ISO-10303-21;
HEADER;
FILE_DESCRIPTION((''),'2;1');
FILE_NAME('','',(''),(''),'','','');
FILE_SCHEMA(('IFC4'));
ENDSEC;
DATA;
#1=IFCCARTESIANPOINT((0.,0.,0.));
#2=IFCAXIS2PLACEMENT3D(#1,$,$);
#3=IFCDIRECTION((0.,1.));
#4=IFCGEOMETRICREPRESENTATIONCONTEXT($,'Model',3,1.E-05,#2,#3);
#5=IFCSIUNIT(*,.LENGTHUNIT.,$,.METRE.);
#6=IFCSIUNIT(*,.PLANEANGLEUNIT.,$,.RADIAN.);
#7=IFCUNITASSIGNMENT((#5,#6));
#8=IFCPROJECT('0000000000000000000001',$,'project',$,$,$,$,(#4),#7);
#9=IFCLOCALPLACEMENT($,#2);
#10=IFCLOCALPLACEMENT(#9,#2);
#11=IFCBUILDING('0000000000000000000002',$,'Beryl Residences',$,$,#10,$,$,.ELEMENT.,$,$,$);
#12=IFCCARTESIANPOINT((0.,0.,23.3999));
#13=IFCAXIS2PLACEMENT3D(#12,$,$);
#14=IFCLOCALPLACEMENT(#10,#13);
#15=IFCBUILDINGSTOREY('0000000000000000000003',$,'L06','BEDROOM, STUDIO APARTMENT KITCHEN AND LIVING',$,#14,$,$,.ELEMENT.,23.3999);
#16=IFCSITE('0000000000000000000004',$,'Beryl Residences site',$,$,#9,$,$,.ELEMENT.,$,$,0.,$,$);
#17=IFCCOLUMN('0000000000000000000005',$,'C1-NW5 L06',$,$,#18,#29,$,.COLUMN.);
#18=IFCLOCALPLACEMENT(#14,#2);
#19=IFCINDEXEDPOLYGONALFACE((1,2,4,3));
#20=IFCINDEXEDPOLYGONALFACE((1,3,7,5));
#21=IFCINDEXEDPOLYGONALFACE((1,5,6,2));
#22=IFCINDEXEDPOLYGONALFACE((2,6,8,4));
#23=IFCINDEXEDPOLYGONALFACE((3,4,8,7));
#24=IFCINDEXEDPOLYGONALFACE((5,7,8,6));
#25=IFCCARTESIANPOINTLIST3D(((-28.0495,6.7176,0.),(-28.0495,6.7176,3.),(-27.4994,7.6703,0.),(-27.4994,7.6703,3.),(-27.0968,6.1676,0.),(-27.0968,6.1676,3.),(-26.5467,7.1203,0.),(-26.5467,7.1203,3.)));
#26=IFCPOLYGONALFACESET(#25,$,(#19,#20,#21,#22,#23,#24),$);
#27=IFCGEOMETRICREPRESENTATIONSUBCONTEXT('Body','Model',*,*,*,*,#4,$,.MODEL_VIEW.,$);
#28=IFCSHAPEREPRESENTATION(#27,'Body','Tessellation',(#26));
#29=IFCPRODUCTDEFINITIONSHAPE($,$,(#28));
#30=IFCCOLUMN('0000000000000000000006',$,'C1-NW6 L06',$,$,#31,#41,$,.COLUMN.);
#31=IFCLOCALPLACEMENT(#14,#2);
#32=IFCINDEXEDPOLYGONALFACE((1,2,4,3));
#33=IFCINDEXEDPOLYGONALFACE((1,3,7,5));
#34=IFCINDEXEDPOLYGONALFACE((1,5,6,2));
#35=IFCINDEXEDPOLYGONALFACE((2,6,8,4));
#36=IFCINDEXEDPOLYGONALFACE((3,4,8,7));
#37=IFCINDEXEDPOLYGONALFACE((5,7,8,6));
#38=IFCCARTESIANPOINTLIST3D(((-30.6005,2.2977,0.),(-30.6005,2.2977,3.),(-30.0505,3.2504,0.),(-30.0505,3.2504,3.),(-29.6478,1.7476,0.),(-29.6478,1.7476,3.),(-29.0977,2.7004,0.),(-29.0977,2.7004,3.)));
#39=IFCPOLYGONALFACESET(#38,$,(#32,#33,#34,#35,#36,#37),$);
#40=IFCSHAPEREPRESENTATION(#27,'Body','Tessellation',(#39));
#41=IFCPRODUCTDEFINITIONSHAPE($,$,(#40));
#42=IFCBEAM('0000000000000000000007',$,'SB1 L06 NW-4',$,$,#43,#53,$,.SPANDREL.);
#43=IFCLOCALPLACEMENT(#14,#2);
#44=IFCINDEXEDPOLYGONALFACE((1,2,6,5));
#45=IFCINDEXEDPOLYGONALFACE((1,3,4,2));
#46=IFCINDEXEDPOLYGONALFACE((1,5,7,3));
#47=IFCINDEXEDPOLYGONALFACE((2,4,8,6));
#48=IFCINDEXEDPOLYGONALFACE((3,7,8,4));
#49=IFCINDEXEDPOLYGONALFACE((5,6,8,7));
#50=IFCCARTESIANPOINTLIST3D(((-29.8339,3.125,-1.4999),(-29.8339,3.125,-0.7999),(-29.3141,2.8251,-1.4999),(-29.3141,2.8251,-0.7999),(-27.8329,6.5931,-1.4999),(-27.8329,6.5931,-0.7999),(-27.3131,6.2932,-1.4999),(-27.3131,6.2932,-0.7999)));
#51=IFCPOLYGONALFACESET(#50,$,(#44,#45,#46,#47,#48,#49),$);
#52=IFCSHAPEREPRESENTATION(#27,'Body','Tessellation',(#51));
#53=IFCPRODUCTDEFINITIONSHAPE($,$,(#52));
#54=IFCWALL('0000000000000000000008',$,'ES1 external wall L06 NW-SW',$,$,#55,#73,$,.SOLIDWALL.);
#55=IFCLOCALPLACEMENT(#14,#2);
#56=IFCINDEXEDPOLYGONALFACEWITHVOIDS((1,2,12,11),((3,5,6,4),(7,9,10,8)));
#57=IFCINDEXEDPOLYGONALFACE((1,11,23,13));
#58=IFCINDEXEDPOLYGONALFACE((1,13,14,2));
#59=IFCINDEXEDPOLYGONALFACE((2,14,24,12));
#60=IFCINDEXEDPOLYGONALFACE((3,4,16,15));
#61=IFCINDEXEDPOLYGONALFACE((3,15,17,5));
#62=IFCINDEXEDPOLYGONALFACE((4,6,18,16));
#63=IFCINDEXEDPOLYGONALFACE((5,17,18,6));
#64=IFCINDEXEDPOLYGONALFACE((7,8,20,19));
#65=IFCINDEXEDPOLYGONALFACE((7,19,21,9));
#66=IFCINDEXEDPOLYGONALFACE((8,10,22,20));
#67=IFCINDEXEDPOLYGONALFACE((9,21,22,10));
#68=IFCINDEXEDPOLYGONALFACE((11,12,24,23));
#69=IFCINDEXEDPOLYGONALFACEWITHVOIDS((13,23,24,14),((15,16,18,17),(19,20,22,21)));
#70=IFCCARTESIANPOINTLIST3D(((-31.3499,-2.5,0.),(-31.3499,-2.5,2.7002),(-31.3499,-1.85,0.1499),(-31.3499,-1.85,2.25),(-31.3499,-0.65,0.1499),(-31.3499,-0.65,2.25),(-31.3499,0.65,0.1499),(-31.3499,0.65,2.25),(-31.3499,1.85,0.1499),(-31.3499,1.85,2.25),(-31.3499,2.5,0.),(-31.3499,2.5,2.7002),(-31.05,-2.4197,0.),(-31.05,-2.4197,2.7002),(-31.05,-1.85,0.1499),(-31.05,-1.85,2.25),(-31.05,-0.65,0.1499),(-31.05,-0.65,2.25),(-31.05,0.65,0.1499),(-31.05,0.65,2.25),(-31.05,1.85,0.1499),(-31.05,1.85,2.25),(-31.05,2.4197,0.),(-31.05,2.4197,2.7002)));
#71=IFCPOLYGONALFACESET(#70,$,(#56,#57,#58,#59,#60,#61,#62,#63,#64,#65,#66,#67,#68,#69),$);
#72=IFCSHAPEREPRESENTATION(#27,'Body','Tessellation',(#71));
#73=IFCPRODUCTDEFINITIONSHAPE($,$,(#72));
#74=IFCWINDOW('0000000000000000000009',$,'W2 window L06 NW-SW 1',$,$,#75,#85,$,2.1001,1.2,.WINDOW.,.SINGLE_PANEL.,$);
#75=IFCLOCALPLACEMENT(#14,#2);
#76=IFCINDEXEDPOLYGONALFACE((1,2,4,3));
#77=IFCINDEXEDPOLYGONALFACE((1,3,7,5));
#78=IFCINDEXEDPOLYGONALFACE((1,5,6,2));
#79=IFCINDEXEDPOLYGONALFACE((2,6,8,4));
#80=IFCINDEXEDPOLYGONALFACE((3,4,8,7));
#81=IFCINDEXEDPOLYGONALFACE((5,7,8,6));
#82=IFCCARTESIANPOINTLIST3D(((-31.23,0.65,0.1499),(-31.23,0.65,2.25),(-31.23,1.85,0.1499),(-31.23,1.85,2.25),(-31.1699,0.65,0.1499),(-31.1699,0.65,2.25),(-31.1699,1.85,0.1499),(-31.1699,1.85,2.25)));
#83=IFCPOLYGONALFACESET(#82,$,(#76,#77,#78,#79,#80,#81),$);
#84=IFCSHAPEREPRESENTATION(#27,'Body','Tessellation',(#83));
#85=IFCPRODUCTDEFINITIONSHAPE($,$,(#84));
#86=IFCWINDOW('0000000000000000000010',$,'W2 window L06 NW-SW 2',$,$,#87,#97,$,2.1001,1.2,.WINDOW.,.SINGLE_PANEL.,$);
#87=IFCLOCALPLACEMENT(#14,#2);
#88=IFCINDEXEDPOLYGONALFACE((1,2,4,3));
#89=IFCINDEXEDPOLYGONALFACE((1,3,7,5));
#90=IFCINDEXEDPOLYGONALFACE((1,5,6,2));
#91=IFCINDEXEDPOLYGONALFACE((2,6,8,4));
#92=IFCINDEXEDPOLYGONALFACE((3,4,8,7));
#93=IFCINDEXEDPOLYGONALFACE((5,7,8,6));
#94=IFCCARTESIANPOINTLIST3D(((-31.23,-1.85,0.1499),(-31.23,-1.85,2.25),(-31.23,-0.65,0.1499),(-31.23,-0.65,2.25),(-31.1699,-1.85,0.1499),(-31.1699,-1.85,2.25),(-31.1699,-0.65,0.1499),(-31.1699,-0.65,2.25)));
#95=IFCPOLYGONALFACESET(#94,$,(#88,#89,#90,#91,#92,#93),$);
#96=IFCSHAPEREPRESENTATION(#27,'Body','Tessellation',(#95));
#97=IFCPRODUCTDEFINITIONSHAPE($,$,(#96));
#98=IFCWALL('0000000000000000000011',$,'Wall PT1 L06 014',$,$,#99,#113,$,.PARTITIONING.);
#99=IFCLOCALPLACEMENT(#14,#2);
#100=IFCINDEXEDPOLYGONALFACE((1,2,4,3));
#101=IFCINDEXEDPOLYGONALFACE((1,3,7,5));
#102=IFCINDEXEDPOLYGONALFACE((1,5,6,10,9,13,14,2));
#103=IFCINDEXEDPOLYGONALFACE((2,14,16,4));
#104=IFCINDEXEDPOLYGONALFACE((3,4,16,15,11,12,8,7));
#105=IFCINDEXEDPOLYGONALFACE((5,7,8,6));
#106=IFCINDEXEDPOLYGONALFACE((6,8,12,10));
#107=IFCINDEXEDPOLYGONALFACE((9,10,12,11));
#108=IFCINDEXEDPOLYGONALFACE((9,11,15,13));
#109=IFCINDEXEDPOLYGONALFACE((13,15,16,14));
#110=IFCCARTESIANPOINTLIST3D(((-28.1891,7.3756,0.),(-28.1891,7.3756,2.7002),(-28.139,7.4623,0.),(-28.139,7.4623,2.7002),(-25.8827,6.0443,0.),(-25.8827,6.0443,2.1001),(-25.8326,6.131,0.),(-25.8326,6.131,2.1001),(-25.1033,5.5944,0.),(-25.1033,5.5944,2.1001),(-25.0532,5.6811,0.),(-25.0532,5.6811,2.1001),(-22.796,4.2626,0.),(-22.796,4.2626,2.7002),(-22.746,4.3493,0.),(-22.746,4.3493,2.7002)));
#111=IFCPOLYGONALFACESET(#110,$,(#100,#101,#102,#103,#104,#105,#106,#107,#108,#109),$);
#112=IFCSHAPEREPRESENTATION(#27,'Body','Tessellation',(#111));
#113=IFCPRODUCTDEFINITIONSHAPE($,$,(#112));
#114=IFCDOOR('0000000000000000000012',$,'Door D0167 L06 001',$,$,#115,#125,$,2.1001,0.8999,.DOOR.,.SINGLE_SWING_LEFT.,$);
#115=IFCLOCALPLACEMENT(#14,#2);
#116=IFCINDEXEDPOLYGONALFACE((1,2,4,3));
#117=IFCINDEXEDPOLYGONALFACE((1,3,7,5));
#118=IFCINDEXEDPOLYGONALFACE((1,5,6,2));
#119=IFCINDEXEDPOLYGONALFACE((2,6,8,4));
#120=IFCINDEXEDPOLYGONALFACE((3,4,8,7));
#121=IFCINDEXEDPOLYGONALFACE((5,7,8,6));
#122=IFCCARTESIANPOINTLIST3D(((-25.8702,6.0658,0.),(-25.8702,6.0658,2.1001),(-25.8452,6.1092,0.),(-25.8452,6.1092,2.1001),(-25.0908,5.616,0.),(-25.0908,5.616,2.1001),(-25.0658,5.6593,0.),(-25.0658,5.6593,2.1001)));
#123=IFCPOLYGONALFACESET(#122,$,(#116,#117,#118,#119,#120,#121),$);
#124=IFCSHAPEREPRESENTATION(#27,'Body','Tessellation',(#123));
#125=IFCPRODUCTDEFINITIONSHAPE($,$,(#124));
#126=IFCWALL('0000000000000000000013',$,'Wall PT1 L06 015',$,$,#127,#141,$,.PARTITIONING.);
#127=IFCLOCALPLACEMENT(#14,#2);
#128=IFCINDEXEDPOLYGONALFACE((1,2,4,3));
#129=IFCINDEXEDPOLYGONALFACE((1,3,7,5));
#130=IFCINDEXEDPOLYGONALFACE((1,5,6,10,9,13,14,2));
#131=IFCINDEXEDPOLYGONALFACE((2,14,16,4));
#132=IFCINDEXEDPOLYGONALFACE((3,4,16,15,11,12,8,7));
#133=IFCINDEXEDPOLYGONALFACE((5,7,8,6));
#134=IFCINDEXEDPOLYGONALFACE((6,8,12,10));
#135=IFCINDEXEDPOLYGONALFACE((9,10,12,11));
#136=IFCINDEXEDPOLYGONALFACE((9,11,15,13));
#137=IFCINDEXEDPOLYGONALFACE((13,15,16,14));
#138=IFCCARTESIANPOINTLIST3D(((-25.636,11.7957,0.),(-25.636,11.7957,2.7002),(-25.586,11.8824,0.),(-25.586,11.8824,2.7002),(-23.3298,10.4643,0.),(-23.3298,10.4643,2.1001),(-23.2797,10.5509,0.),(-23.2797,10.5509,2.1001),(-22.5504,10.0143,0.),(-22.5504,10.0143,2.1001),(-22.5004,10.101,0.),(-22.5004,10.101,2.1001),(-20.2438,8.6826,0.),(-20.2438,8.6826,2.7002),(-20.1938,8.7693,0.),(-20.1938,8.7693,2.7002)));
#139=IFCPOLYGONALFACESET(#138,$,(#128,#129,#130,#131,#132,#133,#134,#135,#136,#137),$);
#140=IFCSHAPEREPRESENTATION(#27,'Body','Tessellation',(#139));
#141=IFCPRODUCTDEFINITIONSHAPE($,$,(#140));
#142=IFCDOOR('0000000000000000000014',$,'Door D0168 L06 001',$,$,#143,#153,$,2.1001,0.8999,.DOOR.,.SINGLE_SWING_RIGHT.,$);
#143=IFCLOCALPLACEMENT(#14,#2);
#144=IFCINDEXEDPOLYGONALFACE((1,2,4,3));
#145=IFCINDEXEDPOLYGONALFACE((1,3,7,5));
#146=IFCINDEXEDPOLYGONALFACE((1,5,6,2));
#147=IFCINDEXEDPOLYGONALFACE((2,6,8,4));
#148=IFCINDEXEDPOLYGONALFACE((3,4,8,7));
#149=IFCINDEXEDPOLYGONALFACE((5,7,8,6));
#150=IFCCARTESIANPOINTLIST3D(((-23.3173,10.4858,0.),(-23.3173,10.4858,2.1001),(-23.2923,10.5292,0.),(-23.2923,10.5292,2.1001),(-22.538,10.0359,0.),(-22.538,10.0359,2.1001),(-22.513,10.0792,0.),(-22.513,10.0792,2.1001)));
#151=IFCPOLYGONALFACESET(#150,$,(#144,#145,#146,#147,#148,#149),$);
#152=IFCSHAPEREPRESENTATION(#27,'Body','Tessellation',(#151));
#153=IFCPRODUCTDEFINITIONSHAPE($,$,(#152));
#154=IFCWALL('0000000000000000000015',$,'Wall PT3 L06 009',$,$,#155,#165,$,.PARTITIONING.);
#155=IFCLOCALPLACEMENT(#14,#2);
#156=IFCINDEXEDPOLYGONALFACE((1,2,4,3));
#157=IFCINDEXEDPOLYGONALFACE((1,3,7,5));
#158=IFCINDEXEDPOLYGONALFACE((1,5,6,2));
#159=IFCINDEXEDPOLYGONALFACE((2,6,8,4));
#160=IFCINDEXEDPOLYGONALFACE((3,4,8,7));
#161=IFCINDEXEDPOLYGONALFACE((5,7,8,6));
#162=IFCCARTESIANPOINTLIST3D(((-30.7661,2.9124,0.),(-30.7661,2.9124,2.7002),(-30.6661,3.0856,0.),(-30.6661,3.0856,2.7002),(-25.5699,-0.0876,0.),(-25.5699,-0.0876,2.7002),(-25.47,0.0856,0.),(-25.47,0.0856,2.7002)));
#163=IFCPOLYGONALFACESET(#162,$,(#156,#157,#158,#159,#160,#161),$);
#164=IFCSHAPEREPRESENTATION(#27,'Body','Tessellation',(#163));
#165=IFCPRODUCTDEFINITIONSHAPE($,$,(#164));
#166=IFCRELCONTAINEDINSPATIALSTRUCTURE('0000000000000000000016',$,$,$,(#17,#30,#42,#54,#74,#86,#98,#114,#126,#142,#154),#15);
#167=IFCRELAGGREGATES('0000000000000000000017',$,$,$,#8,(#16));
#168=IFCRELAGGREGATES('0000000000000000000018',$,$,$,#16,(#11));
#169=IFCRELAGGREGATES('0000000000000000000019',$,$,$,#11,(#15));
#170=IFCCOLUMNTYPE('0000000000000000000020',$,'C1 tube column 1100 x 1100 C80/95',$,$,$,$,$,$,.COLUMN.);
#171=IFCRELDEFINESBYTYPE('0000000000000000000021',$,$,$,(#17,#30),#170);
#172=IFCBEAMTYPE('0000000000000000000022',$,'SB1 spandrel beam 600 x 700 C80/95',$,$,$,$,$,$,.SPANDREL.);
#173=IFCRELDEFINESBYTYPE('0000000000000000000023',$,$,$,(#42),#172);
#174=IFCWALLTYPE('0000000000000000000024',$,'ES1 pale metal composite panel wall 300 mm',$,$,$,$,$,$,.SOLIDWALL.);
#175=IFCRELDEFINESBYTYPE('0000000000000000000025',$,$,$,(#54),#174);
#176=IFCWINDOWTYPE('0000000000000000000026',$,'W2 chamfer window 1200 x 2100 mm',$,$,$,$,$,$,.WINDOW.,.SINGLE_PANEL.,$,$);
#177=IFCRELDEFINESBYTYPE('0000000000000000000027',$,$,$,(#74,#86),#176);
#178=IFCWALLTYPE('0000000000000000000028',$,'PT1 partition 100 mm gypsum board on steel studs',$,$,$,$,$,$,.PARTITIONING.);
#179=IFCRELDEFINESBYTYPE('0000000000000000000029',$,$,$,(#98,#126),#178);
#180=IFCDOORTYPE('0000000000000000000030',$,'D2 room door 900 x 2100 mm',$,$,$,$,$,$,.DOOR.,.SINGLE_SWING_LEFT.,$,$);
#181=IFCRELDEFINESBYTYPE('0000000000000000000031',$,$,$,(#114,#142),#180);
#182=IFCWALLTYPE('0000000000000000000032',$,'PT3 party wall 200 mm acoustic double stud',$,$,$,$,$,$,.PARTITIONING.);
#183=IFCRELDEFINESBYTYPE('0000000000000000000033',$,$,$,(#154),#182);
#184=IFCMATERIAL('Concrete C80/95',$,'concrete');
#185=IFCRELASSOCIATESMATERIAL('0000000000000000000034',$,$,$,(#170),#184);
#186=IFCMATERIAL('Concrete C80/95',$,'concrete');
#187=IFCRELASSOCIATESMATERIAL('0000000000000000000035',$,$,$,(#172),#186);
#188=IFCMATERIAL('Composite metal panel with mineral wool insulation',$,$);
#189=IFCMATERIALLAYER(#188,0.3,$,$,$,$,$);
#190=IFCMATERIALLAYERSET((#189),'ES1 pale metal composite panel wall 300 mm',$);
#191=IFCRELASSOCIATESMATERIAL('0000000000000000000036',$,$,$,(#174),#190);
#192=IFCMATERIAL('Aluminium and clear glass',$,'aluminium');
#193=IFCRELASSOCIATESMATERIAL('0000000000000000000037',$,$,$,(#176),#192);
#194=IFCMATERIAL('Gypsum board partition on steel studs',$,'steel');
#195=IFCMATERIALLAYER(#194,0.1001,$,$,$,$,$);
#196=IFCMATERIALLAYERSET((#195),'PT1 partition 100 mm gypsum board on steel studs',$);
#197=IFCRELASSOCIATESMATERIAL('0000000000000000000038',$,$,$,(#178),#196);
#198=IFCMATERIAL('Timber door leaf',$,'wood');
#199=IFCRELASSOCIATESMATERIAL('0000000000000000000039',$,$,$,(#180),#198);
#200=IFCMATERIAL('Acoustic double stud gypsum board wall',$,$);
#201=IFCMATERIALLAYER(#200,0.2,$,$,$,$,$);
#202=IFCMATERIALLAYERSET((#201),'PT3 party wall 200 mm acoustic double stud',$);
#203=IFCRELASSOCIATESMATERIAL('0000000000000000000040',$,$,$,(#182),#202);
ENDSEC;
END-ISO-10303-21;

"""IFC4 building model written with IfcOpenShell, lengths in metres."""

from ifc_helpers import new_model, si_unit, direction, frame, frame_2d, origin, origin_2d, place, context, subcontext, project, spatial, polyline, rectangle, outline, extrude, material, layer, layer_set, material_profile, profile_set, type_object, element, fill, save


model = new_model("IFC4")

# Units and contexts
model_context = context("Model", 3, precision=1e-05, world=origin(), true_north=direction((0.0, 1.0)))
body_context = subcontext(model_context, "Body", "Model", "MODEL_VIEW")
ifc_project = project(units=[si_unit("LENGTHUNIT", "METRE"), si_unit("PLANEANGLEUNIT", "RADIAN")], contexts=[model_context])

# Site, building, storey
site_placement = place(None, origin())
site = spatial("IfcSite", under=ifc_project, at=site_placement, Name="Beryl Residences site", CompositionType="ELEMENT", RefElevation=0.0)
building_placement = place(site_placement, origin())
building = spatial("IfcBuilding", under=site, at=building_placement, Name="Beryl Residences", CompositionType="ELEMENT")
storey_placement = place(building_placement, frame((0.0, 0.0, 23.3999)))
storey = spatial("IfcBuildingStorey", under=building, at=storey_placement, Name="L06", Description="BEDROOM, STUDIO APARTMENT KITCHEN AND LIVING", CompositionType="ELEMENT", Elevation=23.3999)

# Columns
ifc_material_1 = material(Name="Concrete C80/95", Category="concrete")
ifc_material_profile_1 = material_profile(ifc_material_1, rectangle(XDim=1.1001, YDim=1.1001, at=origin_2d()))
ifc_profile_set_1 = profile_set([ifc_material_profile_1], Name="Concrete C80/95")
column_type = type_object("IfcColumnType", Name="C1 tube column 1100 x 1100 C80/95", PredefinedType="COLUMN", material=ifc_profile_set_1)
for number, where, z_axis, x_axis, name in (
    (1, (-27.2981, 6.9189, 0.0), (0.0, 0.0, 1.0), (-0.499985, -0.866034, 0.0), "C1-NW5 L06"),
    (2, (-29.8491, 2.499, 0.0), (0.0, 0.0, 1.0), (-0.499985, -0.866034, 0.0), "C1-NW6 L06"),
):
    element("IfcColumn", number, at=place(storey_placement, frame(where, z_axis=z_axis, x_axis=x_axis)), inside=storey, type_object=column_type, Name=name, PredefinedType="COLUMN", context=body_context, shape_type="SweptSolid", body=[
        extrude(rectangle(XDim=1.1001, YDim=1.1001, at=origin_2d()), origin(), (0.0, 0.0, 1.0), 3.0),
    ])

# Beam
ifc_material_2 = material(Name="Concrete C80/95", Category="concrete")
ifc_material_profile_2 = material_profile(ifc_material_2, rectangle(XDim=0.6001, YDim=0.7, at=origin_2d()))
ifc_profile_set_2 = profile_set([ifc_material_profile_2], Name="Concrete C80/95")
beam_type = type_object("IfcBeamType", Name="SB1 spandrel beam 600 x 700 C80/95", PredefinedType="SPANDREL", material=ifc_profile_set_2)
beam_placement = place(storey_placement, frame((-27.573, 6.4431, -1.1499), z_axis=(-0.499759, -0.866164, 0.0), x_axis=(0.866164, -0.499759, 0.0)))
element("IfcBeam", 3, at=beam_placement, inside=storey, type_object=beam_type, Name="SB1 L06 NW-4", PredefinedType="SPANDREL", context=body_context, shape_type="SweptSolid", body=[
    extrude(rectangle(XDim=0.6001, YDim=0.7, at=origin_2d()), origin(), (0.0, 0.0, 1.0), 4.0039),
])

# Wall, openings, windows
ifc_material_3 = material(Name="Composite metal panel with mineral wool insulation")
ifc_layer_1 = layer(ifc_material_3, 0.3)
ifc_layer_set_1 = layer_set([ifc_layer_1], Name="ES1 pale metal composite panel wall 300 mm")
wall_type_1 = type_object("IfcWallType", Name="ES1 pale metal composite panel wall 300 mm", PredefinedType="SOLIDWALL", material=ifc_layer_set_1)
wall_1_placement = place(storey_placement, frame((-31.2, 2.5, 0.0), z_axis=(0.0, 0.0, 1.0), x_axis=(0.0, -1.0, 0.0)))
wall_1 = element("IfcWall", 4, at=wall_1_placement, inside=storey, type_object=wall_type_1, Name="ES1 external wall L06 NW-SW", PredefinedType="SOLIDWALL", context=body_context, shape_type="SweptSolid", body=[
    extrude(outline(polyline([(0.0, -0.1499), (5.0, -0.1499), (4.9197, 0.1499), (0.0803, 0.1499), (0.0, -0.1499)])), origin(), (0.0, 0.0, 1.0), 2.7002),
])
opening_1_placement = place(wall_1_placement, frame((0.6499, 0.0, 0.1499)))
opening_1 = element("IfcOpeningElement", 5, at=opening_1_placement, cuts=wall_1, PredefinedType="OPENING", context=body_context, shape_type="SweptSolid", body=[
    extrude(rectangle(XDim=1.2, YDim=2.1001, at=frame_2d((0.6001, 1.05))), frame((0.0, 0.1599, 0.0), z_axis=(0.0, -1.0, 0.0), x_axis=(1.0, 0.0, 0.0)), (0.0, 0.0, 1.0), 0.3201),
])
opening_2_placement = place(wall_1_placement, frame((3.1499, 0.0, 0.1499)))
opening_2 = element("IfcOpeningElement", 6, at=opening_2_placement, cuts=wall_1, PredefinedType="OPENING", context=body_context, shape_type="SweptSolid", body=[
    extrude(rectangle(XDim=1.2, YDim=2.1001, at=frame_2d((0.6001, 1.05))), frame((0.0, 0.1599, 0.0), z_axis=(0.0, -1.0, 0.0), x_axis=(1.0, 0.0, 0.0)), (0.0, 0.0, 1.0), 0.3201),
])
ifc_material_4 = material(Name="Aluminium and clear glass", Category="aluminium")
window_type = type_object("IfcWindowType", Name="W2 chamfer window 1200 x 2100 mm", PartitioningType="SINGLE_PANEL", PredefinedType="WINDOW", material=ifc_material_4)
window_1_placement = place(opening_1_placement, origin())
window_1 = element("IfcWindow", 7, at=window_1_placement, inside=storey, type_object=window_type, Name="W2 window L06 NW-SW 1", OverallHeight=2.1001, OverallWidth=1.2, PartitioningType="SINGLE_PANEL", PredefinedType="WINDOW", context=body_context, shape_type="SweptSolid", body=[
    extrude(rectangle(XDim=1.2, YDim=2.1001, at=frame_2d((0.6001, 1.05))), frame((0.0, 0.03, 0.0), z_axis=(0.0, -1.0, 0.0), x_axis=(1.0, 0.0, 0.0)), (0.0, 0.0, 1.0), 0.0601),
])
fill(opening_1, window_1)
window_2_placement = place(opening_2_placement, origin())
window_2 = element("IfcWindow", 8, at=window_2_placement, inside=storey, type_object=window_type, Name="W2 window L06 NW-SW 2", OverallHeight=2.1001, OverallWidth=1.2, PartitioningType="SINGLE_PANEL", PredefinedType="WINDOW", context=body_context, shape_type="SweptSolid", body=[
    extrude(rectangle(XDim=1.2, YDim=2.1001, at=frame_2d((0.6001, 1.05))), frame((0.0, 0.03, 0.0), z_axis=(0.0, -1.0, 0.0), x_axis=(1.0, 0.0, 0.0)), (0.0, 0.0, 1.0), 0.0601),
])
fill(opening_2, window_2)

# Walls, openings, doors
ifc_material_5 = material(Name="Gypsum board partition on steel studs", Category="steel")
ifc_layer_2 = layer(ifc_material_5, 0.1001)
ifc_layer_set_2 = layer_set([ifc_layer_2], Name="PT1 partition 100 mm gypsum board on steel studs")
wall_type_2 = type_object("IfcWallType", Name="PT1 partition 100 mm gypsum board on steel studs", PredefinedType="PARTITIONING", material=ifc_layer_set_2)
wall_2_placement = place(storey_placement, frame((-28.1641, 7.4189, 0.0), z_axis=(0.0, 0.0, 1.0), x_axis=(0.866071, -0.499922, 0.0)))
wall_2 = element("IfcWall", 9, at=wall_2_placement, inside=storey, type_object=wall_type_2, Name="Wall PT1 L06 014", PredefinedType="PARTITIONING", context=body_context, shape_type="SweptSolid", body=[
    extrude(rectangle(XDim=6.2271, YDim=0.1001, at=frame_2d((3.1135, 0.0))), origin(), (0.0, 0.0, 1.0), 2.7002),
])
opening_3_placement = place(wall_2_placement, frame((2.6631, 0.0, 0.0)))
opening_3 = element("IfcOpeningElement", 10, at=opening_3_placement, cuts=wall_2, PredefinedType="OPENING", context=body_context, shape_type="SweptSolid", body=[
    extrude(rectangle(XDim=0.8999, YDim=2.1001, at=frame_2d((0.45, 1.05))), frame((0.0, 0.0601, 0.0), z_axis=(0.0, -1.0, 0.0), x_axis=(1.0, 0.0, 0.0)), (0.0, 0.0, 1.0), 0.1201),
])
ifc_material_6 = material(Name="Timber door leaf", Category="wood")
door_type = type_object("IfcDoorType", Name="D2 room door 900 x 2100 mm", OperationType="SINGLE_SWING_LEFT", PredefinedType="DOOR", material=ifc_material_6)
door_1_placement = place(opening_3_placement, origin())
door_1 = element("IfcDoor", 11, at=door_1_placement, inside=storey, type_object=door_type, Name="Door D0167 L06 001", OperationType="SINGLE_SWING_LEFT", OverallHeight=2.1001, OverallWidth=0.8999, PredefinedType="DOOR", context=body_context, shape_type="SweptSolid", body=[
    extrude(rectangle(XDim=0.8999, YDim=2.1001, at=frame_2d((0.45, 1.05))), frame((0.0, 0.0249, 0.0), z_axis=(0.0, -1.0, 0.0), x_axis=(1.0, 0.0, 0.0)), (0.0, 0.0, 1.0), 0.05),
])
fill(opening_3, door_1)
wall_3_placement = place(storey_placement, frame((-25.6111, 11.8391, 0.0), z_axis=(0.0, 0.0, 1.0), x_axis=(0.866031, -0.499989, 0.0)))
wall_3 = element("IfcWall", 12, at=wall_3_placement, inside=storey, type_object=wall_type_2, Name="Wall PT1 L06 015", PredefinedType="PARTITIONING", context=body_context, shape_type="SweptSolid", body=[
    extrude(rectangle(XDim=6.2263, YDim=0.1001, at=frame_2d((3.1133, 0.0))), origin(), (0.0, 0.0, 1.0), 2.7002),
])
opening_4_placement = place(wall_3_placement, frame((2.6631, 0.0, 0.0)))
opening_4 = element("IfcOpeningElement", 13, at=opening_4_placement, cuts=wall_3, PredefinedType="OPENING", context=body_context, shape_type="SweptSolid", body=[
    extrude(rectangle(XDim=0.8999, YDim=2.1001, at=frame_2d((0.45, 1.05))), frame((0.0, 0.0601, 0.0), z_axis=(0.0, -1.0, 0.0), x_axis=(1.0, 0.0, 0.0)), (0.0, 0.0, 1.0), 0.1201),
])
door_2_placement = place(opening_4_placement, origin())
door_2 = element("IfcDoor", 14, at=door_2_placement, inside=storey, type_object=door_type, Name="Door D0168 L06 001", OperationType="SINGLE_SWING_RIGHT", OverallHeight=2.1001, OverallWidth=0.8999, PredefinedType="DOOR", context=body_context, shape_type="SweptSolid", body=[
    extrude(rectangle(XDim=0.8999, YDim=2.1001, at=frame_2d((0.45, 1.05))), frame((0.0, 0.0249, 0.0), z_axis=(0.0, -1.0, 0.0), x_axis=(1.0, 0.0, 0.0)), (0.0, 0.0, 1.0), 0.05),
])
fill(opening_4, door_2)

# Wall
ifc_material_7 = material(Name="Acoustic double stud gypsum board wall")
ifc_layer_3 = layer(ifc_material_7, 0.2)
ifc_layer_set_3 = layer_set([ifc_layer_3], Name="PT3 party wall 200 mm acoustic double stud")
wall_type_3 = type_object("IfcWallType", Name="PT3 party wall 200 mm acoustic double stud", PredefinedType="PARTITIONING", material=ifc_layer_set_3)
wall_4_placement = place(storey_placement, frame((-30.7161, 2.999, 0.0), z_axis=(0.0, 0.0, 1.0), x_axis=(0.866021, -0.500008, 0.0)))
element("IfcWall", 15, at=wall_4_placement, inside=storey, type_object=wall_type_3, Name="Wall PT3 L06 009", PredefinedType="PARTITIONING", context=body_context, shape_type="SweptSolid", body=[
    extrude(rectangle(XDim=6.0, YDim=0.2, at=frame_2d((3.0, 0.0))), origin(), (0.0, 0.0, 1.0), 2.7002),
])

save(model, "model.ifc")
